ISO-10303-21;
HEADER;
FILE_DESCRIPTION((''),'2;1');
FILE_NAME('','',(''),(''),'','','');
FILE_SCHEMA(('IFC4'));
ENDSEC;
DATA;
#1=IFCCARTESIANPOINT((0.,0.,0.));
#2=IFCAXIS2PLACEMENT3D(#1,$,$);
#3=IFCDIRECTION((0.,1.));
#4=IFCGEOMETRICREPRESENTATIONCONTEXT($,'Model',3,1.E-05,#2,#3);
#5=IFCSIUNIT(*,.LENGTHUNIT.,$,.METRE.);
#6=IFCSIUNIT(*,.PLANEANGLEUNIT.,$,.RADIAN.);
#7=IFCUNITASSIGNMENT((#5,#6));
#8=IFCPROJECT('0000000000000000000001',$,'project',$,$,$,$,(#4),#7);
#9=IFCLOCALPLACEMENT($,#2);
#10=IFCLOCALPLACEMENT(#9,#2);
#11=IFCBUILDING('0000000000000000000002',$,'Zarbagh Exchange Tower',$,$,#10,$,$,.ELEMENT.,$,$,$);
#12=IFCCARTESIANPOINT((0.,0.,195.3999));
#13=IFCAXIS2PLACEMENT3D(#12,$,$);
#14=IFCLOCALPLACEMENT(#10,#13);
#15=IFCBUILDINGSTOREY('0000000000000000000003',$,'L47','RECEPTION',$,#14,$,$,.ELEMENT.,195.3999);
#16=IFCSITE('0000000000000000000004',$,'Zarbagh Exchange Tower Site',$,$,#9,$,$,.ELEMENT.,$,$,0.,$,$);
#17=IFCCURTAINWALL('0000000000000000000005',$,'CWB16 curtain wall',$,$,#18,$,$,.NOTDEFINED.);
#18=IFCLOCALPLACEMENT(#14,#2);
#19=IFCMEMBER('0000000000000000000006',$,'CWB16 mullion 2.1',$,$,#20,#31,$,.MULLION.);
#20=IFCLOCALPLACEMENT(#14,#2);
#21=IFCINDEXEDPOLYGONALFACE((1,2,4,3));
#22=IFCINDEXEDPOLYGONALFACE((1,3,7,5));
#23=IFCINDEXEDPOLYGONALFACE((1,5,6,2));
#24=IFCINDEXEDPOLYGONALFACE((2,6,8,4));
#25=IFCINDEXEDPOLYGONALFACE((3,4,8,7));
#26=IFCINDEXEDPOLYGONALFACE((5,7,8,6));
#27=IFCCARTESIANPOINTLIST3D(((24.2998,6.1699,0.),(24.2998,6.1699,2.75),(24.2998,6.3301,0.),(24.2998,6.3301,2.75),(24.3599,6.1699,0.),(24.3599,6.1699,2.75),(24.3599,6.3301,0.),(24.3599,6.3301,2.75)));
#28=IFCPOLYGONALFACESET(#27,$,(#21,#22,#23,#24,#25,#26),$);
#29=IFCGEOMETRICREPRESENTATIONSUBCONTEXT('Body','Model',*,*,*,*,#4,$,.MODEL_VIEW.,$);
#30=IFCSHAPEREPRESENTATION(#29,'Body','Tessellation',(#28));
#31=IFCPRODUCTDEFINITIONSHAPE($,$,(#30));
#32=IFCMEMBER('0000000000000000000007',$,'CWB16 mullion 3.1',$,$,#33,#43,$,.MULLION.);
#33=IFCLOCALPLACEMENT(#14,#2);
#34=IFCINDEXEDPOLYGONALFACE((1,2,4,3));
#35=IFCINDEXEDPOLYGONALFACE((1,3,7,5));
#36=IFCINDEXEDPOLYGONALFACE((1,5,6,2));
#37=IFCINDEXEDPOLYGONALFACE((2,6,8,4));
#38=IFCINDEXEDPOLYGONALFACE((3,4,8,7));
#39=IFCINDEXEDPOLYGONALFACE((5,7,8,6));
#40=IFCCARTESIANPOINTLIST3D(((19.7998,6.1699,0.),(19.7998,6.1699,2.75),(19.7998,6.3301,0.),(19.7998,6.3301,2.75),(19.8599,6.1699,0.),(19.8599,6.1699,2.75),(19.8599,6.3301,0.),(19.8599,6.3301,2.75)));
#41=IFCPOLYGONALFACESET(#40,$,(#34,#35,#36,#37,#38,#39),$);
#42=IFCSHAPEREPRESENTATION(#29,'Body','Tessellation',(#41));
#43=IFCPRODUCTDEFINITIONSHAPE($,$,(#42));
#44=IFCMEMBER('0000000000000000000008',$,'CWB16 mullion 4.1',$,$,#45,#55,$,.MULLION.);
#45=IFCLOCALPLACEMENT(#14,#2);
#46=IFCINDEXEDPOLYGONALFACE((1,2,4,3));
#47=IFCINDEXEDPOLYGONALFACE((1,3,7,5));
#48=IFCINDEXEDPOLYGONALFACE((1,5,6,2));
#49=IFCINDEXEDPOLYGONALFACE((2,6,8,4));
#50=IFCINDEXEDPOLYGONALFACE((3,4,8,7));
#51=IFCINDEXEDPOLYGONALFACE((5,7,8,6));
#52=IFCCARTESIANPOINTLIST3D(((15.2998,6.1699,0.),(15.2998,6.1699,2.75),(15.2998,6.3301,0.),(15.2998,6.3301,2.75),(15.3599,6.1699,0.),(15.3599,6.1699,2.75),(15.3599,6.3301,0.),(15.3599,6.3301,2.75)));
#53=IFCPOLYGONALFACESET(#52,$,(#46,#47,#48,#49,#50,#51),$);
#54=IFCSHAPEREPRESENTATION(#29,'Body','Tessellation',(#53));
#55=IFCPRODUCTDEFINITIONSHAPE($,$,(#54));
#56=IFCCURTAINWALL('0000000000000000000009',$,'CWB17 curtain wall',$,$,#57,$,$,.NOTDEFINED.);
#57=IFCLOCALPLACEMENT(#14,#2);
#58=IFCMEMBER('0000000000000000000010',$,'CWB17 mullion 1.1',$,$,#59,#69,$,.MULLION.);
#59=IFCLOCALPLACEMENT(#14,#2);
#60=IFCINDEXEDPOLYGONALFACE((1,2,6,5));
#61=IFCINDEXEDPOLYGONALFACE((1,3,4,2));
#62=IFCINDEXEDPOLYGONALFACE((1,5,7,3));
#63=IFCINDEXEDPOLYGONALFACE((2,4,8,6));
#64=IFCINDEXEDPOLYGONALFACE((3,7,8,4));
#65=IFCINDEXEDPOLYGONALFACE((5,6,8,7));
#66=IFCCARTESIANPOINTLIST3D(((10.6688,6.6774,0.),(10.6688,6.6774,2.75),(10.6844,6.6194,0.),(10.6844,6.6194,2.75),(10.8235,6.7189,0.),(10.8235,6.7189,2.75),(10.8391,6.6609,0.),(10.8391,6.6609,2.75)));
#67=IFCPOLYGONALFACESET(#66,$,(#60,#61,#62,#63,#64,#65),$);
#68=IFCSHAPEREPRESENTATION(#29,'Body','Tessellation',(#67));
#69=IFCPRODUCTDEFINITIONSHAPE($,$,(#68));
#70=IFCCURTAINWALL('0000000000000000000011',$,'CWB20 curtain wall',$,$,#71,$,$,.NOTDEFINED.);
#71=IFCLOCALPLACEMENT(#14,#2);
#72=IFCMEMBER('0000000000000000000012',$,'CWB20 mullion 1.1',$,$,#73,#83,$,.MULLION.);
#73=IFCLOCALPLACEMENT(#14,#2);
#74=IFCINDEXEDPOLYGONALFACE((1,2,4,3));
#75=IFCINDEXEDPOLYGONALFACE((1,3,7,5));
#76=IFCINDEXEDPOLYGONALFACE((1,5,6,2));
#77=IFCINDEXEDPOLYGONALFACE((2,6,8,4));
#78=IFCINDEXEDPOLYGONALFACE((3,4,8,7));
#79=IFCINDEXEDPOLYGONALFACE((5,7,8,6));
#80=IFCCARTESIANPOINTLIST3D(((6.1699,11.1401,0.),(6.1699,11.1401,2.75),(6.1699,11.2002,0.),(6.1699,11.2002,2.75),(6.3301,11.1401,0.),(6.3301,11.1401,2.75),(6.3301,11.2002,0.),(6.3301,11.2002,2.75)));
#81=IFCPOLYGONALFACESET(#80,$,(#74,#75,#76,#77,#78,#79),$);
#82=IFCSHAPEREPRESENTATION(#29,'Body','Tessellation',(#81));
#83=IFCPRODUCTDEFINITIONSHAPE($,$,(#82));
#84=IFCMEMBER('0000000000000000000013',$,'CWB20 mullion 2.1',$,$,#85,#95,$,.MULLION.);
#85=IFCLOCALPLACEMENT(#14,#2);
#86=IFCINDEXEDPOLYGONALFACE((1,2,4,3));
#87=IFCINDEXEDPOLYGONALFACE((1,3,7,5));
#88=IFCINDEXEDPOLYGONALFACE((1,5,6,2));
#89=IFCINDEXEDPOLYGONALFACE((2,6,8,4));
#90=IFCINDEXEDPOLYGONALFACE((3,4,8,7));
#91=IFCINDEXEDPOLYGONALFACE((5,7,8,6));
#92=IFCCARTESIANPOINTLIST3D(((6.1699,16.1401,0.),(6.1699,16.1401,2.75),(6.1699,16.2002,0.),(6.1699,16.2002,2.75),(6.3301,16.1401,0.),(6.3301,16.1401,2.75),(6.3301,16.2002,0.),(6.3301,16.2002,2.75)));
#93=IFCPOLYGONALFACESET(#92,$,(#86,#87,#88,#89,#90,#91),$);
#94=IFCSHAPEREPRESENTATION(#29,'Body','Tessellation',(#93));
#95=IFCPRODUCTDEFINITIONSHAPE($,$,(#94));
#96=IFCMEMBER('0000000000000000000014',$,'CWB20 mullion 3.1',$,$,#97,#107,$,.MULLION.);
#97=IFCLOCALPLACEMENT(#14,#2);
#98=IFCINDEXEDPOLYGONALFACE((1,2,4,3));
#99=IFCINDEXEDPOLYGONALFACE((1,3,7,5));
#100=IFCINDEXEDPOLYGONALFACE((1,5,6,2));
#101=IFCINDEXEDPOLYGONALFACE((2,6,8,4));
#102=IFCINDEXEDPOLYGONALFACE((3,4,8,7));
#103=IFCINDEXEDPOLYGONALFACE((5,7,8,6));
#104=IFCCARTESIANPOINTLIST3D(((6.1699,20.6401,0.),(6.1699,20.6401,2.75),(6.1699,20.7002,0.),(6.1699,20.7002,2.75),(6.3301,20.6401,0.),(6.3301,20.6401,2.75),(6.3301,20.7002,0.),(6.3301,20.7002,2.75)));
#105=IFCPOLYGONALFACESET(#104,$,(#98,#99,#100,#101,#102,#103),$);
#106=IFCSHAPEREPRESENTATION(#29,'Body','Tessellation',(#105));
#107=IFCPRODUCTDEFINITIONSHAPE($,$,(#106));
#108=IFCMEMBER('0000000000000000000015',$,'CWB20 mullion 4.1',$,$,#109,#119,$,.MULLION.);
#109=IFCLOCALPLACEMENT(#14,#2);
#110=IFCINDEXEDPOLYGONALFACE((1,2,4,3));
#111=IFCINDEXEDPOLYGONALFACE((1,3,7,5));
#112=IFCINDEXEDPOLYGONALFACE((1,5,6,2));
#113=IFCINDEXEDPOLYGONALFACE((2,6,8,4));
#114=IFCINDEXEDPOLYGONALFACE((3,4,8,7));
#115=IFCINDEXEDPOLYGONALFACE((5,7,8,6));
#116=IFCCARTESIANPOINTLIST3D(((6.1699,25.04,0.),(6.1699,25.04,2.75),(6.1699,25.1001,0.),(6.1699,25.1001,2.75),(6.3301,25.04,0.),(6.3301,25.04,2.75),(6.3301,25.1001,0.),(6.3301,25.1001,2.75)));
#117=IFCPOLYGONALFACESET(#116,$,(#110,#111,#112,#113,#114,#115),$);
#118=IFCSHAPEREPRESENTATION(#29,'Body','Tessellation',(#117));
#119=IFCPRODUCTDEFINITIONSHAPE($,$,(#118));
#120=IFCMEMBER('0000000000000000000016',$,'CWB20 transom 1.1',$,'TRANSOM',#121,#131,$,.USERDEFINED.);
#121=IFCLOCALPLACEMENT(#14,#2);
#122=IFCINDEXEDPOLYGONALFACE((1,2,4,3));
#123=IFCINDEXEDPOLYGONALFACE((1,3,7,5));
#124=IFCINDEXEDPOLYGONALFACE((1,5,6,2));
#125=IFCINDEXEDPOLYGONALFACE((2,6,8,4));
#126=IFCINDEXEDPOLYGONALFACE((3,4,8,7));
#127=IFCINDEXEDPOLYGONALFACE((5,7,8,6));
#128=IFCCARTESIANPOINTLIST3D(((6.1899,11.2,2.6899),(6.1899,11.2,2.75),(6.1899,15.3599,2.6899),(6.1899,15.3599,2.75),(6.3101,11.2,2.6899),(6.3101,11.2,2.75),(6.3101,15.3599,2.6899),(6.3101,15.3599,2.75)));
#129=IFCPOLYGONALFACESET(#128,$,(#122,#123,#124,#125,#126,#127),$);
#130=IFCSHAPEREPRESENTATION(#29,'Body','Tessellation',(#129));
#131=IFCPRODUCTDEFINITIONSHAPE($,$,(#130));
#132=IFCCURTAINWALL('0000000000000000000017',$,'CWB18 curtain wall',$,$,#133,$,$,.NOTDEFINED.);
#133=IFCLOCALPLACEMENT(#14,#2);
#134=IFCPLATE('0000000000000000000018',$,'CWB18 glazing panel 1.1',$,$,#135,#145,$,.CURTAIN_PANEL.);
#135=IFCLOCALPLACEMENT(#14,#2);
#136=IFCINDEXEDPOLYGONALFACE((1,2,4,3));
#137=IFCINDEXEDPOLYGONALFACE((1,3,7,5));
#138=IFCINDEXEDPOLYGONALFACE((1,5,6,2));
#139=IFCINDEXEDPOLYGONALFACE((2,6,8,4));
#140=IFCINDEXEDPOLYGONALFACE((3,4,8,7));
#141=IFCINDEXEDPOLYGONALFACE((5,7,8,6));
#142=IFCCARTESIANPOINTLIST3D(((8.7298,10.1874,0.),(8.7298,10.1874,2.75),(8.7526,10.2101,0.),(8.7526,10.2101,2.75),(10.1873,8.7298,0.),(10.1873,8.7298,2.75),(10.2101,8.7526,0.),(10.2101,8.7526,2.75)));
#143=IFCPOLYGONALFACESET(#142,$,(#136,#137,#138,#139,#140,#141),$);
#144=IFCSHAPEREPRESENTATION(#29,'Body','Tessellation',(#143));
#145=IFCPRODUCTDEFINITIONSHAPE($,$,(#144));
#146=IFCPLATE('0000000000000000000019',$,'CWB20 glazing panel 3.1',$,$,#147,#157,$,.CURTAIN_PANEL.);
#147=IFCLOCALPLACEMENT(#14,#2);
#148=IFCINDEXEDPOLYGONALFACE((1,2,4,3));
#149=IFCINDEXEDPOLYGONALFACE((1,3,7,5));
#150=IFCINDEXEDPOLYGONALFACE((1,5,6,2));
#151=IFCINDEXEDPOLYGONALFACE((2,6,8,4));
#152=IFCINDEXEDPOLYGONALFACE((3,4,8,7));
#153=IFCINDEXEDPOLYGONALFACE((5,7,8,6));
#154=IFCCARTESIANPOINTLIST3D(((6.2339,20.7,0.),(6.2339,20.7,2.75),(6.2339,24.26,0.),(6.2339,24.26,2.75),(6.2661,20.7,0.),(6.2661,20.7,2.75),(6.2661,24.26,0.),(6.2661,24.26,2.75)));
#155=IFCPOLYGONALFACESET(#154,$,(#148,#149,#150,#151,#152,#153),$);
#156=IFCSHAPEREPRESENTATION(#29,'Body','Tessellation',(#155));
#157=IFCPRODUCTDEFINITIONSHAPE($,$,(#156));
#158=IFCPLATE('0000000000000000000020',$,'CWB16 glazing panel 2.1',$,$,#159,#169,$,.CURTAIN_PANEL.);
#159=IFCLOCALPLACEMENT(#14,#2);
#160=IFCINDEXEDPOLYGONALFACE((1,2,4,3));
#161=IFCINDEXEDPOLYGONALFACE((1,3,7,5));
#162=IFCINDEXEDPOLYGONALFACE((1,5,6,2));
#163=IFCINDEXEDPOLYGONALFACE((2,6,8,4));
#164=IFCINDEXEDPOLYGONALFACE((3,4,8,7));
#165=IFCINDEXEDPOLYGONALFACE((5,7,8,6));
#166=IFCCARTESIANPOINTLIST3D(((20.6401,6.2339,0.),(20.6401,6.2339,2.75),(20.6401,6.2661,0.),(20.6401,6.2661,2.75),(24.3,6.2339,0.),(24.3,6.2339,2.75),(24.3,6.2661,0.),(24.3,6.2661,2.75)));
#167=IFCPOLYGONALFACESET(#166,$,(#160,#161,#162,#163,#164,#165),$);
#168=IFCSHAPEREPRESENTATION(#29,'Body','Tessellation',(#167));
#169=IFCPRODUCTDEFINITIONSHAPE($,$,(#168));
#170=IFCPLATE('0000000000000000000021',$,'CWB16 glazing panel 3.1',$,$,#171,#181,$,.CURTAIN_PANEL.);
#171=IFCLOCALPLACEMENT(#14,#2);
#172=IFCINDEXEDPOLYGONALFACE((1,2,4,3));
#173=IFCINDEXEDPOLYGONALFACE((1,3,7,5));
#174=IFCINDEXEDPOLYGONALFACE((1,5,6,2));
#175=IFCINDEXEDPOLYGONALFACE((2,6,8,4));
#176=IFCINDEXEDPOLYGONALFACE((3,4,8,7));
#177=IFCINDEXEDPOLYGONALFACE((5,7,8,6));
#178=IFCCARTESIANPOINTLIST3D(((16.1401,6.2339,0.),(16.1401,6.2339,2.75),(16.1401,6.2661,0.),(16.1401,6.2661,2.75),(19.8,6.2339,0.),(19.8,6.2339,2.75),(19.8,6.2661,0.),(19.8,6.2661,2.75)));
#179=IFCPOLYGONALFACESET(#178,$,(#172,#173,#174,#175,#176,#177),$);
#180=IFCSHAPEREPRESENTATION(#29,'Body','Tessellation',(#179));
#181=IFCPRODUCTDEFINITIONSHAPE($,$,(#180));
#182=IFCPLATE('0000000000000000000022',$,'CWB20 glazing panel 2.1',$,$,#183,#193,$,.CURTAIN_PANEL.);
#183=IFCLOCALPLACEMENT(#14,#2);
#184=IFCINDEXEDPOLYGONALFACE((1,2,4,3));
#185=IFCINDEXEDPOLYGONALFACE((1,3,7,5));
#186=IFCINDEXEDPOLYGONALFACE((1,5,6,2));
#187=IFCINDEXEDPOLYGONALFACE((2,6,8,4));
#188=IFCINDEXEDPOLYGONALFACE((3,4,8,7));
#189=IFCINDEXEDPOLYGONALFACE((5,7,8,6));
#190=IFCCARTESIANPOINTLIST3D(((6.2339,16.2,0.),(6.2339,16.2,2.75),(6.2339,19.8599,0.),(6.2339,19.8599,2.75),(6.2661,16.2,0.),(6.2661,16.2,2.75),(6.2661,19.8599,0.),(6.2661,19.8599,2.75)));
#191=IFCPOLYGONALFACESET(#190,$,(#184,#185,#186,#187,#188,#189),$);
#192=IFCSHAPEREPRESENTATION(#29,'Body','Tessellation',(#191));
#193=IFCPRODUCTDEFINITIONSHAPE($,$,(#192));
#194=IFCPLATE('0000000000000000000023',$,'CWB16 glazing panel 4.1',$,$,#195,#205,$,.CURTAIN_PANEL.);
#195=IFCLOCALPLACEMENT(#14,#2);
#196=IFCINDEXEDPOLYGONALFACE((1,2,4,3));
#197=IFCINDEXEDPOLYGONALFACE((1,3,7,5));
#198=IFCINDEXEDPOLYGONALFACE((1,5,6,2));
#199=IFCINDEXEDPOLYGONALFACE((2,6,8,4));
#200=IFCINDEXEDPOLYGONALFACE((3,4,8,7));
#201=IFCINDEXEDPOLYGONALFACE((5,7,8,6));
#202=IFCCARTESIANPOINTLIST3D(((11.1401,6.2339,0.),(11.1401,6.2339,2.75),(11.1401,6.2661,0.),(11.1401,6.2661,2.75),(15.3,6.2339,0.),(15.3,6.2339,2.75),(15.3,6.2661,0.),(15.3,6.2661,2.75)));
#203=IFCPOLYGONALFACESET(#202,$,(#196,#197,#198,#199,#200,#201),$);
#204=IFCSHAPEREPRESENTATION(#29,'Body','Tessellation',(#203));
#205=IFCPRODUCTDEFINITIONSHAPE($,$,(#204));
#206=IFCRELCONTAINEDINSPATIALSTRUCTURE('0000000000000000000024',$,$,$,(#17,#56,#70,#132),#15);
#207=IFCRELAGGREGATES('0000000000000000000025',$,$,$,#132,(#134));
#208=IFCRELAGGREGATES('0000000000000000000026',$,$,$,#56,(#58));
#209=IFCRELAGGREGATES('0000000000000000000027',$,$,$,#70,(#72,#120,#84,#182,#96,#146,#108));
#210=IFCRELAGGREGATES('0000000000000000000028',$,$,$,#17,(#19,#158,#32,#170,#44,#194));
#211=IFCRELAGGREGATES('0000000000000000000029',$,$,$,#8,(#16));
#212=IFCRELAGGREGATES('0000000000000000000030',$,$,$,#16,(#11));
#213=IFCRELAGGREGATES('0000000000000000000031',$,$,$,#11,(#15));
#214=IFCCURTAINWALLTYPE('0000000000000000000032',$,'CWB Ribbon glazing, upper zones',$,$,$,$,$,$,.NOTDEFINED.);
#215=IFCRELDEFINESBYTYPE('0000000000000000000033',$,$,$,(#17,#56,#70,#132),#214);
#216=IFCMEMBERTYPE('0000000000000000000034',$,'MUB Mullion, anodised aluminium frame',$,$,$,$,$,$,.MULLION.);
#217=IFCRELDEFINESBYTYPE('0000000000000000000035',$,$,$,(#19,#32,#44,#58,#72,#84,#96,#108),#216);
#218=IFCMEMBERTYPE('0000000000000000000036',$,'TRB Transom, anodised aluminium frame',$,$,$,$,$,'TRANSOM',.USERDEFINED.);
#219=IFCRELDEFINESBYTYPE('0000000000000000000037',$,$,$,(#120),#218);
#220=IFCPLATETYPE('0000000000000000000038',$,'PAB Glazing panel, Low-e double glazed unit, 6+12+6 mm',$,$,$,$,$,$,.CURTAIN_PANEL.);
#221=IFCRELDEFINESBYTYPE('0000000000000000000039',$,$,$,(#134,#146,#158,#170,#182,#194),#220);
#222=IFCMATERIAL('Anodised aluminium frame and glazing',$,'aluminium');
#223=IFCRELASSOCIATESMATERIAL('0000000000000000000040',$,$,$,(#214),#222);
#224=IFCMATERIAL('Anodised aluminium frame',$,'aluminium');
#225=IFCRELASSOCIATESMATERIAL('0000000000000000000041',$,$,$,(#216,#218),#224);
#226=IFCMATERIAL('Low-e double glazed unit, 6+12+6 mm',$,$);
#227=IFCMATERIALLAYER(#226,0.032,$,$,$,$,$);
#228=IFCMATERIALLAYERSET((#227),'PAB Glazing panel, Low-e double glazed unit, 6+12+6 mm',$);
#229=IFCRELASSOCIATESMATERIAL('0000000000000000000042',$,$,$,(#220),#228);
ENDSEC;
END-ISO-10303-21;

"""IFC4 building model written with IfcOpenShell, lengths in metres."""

from ifc_helpers import new_model, si_unit, direction, frame, origin, place, context, subcontext, project, spatial, polyline, outline, extrude, source, transform, mapped, material, layer, layer_set, type_object, element, aggregate, save


model = new_model("IFC4")

# Units and contexts
model_context = context("Model", 3, precision=1e-05, world=origin(), true_north=direction((0.0, 1.0)))
body_context = subcontext(model_context, "Body", "Model", "MODEL_VIEW")
ifc_project = project(units=[si_unit("LENGTHUNIT", "METRE"), si_unit("PLANEANGLEUNIT", "RADIAN")], contexts=[model_context])

# Site, building, storey
site_placement = place(None, origin())
site = spatial("IfcSite", under=ifc_project, at=site_placement, Name="Zarbagh Exchange Tower Site", CompositionType="ELEMENT", RefElevation=0.0)
building_placement = place(site_placement, origin())
building = spatial("IfcBuilding", under=site, at=building_placement, Name="Zarbagh Exchange Tower", CompositionType="ELEMENT")
storey_placement = place(building_placement, frame((0.0, 0.0, 195.3999)))
storey = spatial("IfcBuildingStorey", under=building, at=storey_placement, Name="L47", Description="RECEPTION", CompositionType="ELEMENT", Elevation=195.3999)

# Curtain wall, members
ifc_material_1 = material(Name="Anodised aluminium frame and glazing", Category="aluminium")
curtain_wall_type = type_object("IfcCurtainWallType", Name="CWB Ribbon glazing, upper zones", PredefinedType="NOTDEFINED", material=ifc_material_1)
curtain_wall_1_placement = place(storey_placement, origin())
curtain_wall_1 = element("IfcCurtainWall", 1, at=curtain_wall_1_placement, inside=storey, type_object=curtain_wall_type, Name="CWB16 curtain wall", PredefinedType="NOTDEFINED")
ifc_material_2 = material(Name="Anodised aluminium frame", Category="aluminium")
member_type_1 = type_object("IfcMemberType", Name="MUB Mullion, anodised aluminium frame", PredefinedType="MULLION", material=ifc_material_2)
shared_shape_1 = source(origin(), body_context, "Body", "SweptSolid", [
    extrude(outline(polyline([(0.0, -0.0801), (0.0601, -0.0801), (0.0601, 0.0801), (0.0, 0.0801), (0.0, -0.0801)])), origin(), (0.0, 0.0, 1.0), 2.75),
])
placement = place(storey_placement, origin())
member_1 = element("IfcMember", 2, at=placement, type_object=member_type_1, Name="CWB16 mullion 2.1", PredefinedType="MULLION", context=body_context, shape_type="MappedRepresentation", body=[
    mapped(shared_shape_1, transform((24.3599, 6.25, 0.0), x_axis=(-1.0, 0.0, 0.0), y_axis=(0.0, -1.0, 0.0), z_axis=(0.0, 0.0, 1.0))),
])
member_2 = element("IfcMember", 3, at=placement, type_object=member_type_1, Name="CWB16 mullion 3.1", PredefinedType="MULLION", context=body_context, shape_type="MappedRepresentation", body=[
    mapped(shared_shape_1, transform((19.8599, 6.25, 0.0), x_axis=(-1.0, 0.0, 0.0), y_axis=(0.0, -1.0, 0.0), z_axis=(0.0, 0.0, 1.0))),
])
member_3 = element("IfcMember", 4, at=placement, type_object=member_type_1, Name="CWB16 mullion 4.1", PredefinedType="MULLION", context=body_context, shape_type="MappedRepresentation", body=[
    mapped(shared_shape_1, transform((15.3599, 6.25, 0.0), x_axis=(-1.0, 0.0, 0.0), y_axis=(0.0, -1.0, 0.0), z_axis=(0.0, 0.0, 1.0))),
])

# Curtain wall, member
curtain_wall_2_placement = place(storey_placement, origin())
curtain_wall_2 = element("IfcCurtainWall", 5, at=curtain_wall_2_placement, inside=storey, type_object=curtain_wall_type, Name="CWB17 curtain wall", PredefinedType="NOTDEFINED")
member_4 = element("IfcMember", 6, at=placement, type_object=member_type_1, Name="CWB17 mullion 1.1", PredefinedType="MULLION", context=body_context, shape_type="MappedRepresentation", body=[
    mapped(shared_shape_1, transform((10.7617, 6.6401, 0.0), x_axis=(-0.258825, 0.965924, 0.0), y_axis=(-0.965924, -0.258825, 0.0), z_axis=(0.0, 0.0, 1.0))),
])

# Curtain wall, members
curtain_wall_3_placement = place(storey_placement, origin())
curtain_wall_3 = element("IfcCurtainWall", 7, at=curtain_wall_3_placement, inside=storey, type_object=curtain_wall_type, Name="CWB20 curtain wall", PredefinedType="NOTDEFINED")
member_5 = element("IfcMember", 8, at=placement, type_object=member_type_1, Name="CWB20 mullion 1.1", PredefinedType="MULLION", context=body_context, shape_type="MappedRepresentation", body=[
    mapped(shared_shape_1, transform((6.25, 11.1401, 0.0), x_axis=(0.0, 1.0, 0.0), y_axis=(-1.0, 0.0, 0.0), z_axis=(0.0, 0.0, 1.0))),
])
member_6 = element("IfcMember", 9, at=placement, type_object=member_type_1, Name="CWB20 mullion 2.1", PredefinedType="MULLION", context=body_context, shape_type="MappedRepresentation", body=[
    mapped(shared_shape_1, transform((6.25, 16.1401, 0.0), x_axis=(0.0, 1.0, 0.0), y_axis=(-1.0, 0.0, 0.0), z_axis=(0.0, 0.0, 1.0))),
])
member_7 = element("IfcMember", 10, at=placement, type_object=member_type_1, Name="CWB20 mullion 3.1", PredefinedType="MULLION", context=body_context, shape_type="MappedRepresentation", body=[
    mapped(shared_shape_1, transform((6.25, 20.6401, 0.0), x_axis=(0.0, 1.0, 0.0), y_axis=(-1.0, 0.0, 0.0), z_axis=(0.0, 0.0, 1.0))),
])
member_8 = element("IfcMember", 11, at=placement, type_object=member_type_1, Name="CWB20 mullion 4.1", PredefinedType="MULLION", context=body_context, shape_type="MappedRepresentation", body=[
    mapped(shared_shape_1, transform((6.25, 25.04, 0.0), x_axis=(0.0, 1.0, 0.0), y_axis=(-1.0, 0.0, 0.0), z_axis=(0.0, 0.0, 1.0))),
])
member_type_2 = type_object("IfcMemberType", Name="TRB Transom, anodised aluminium frame", ElementType="TRANSOM", PredefinedType="USERDEFINED", material=ifc_material_2)
shared_shape_2 = source(origin(), body_context, "Body", "SweptSolid", [
    extrude(outline(polyline([(-0.0601, -0.0601), (0.0, -0.0601), (0.0, 0.0601), (-0.0601, 0.0601), (-0.0601, -0.0601)])), origin(), (0.0, 0.0, 1.0), 4.1599),
])
member_9 = element("IfcMember", 12, at=placement, type_object=member_type_2, Name="CWB20 transom 1.1", ObjectType="TRANSOM", PredefinedType="USERDEFINED", context=body_context, shape_type="MappedRepresentation", body=[
    mapped(shared_shape_2, transform((6.25, 11.2, 2.75), x_axis=(0.0, 0.0, 1.0), y_axis=(1.0, 0.0, 0.0), z_axis=(0.0, 1.0, 0.0))),
])

# Curtain wall, plate
curtain_wall_4_placement = place(storey_placement, origin())
curtain_wall_4 = element("IfcCurtainWall", 13, at=curtain_wall_4_placement, inside=storey, type_object=curtain_wall_type, Name="CWB18 curtain wall", PredefinedType="NOTDEFINED")
ifc_material_3 = material(Name="Low-e double glazed unit, 6+12+6 mm")
ifc_layer_1 = layer(ifc_material_3, 0.032)
ifc_layer_set_1 = layer_set([ifc_layer_1], Name="PAB Glazing panel, Low-e double glazed unit, 6+12+6 mm")
plate_type = type_object("IfcPlateType", Name="PAB Glazing panel, Low-e double glazed unit, 6+12+6 mm", PredefinedType="CURTAIN_PANEL", material=ifc_layer_set_1)
shared_shape_3 = source(origin(), body_context, "Body", "SweptSolid", [
    extrude(outline(polyline([(0.0, -0.0161), (2.0613, -0.0161), (2.0613, 0.0161), (0.0, 0.0161), (0.0, -0.0161)])), origin(), (0.0, 0.0, 1.0), 2.75),
])
plate_1 = element("IfcPlate", 14, at=placement, type_object=plate_type, Name="CWB18 glazing panel 1.1", PredefinedType="CURTAIN_PANEL", context=body_context, shape_type="MappedRepresentation", body=[
    mapped(shared_shape_3, transform((10.1987, 8.7412, 0.0), x_axis=(-0.707107, 0.707107, 0.0), y_axis=(-0.707107, -0.707107, 0.0), z_axis=(0.0, 0.0, 1.0))),
])
aggregate(curtain_wall_4, [plate_1])

# Plates
shared_shape_4 = source(origin(), body_context, "Body", "SweptSolid", [
    extrude(outline(polyline([(0.0, -0.0161), (3.5601, -0.0161), (3.5601, 0.0161), (0.0, 0.0161), (0.0, -0.0161)])), origin(), (0.0, 0.0, 1.0), 2.75),
])
plate_2 = element("IfcPlate", 15, at=placement, type_object=plate_type, Name="CWB20 glazing panel 3.1", PredefinedType="CURTAIN_PANEL", context=body_context, shape_type="MappedRepresentation", body=[
    mapped(shared_shape_4, transform((6.25, 20.7, 0.0), x_axis=(0.0, 1.0, 0.0), y_axis=(-1.0, 0.0, 0.0), z_axis=(0.0, 0.0, 1.0))),
])
shared_shape_5 = source(origin(), body_context, "Body", "SweptSolid", [
    extrude(outline(polyline([(0.0, -0.0161), (3.6599, -0.0161), (3.6599, 0.0161), (0.0, 0.0161), (0.0, -0.0161)])), origin(), (0.0, 0.0, 1.0), 2.75),
])
plate_3 = element("IfcPlate", 16, at=placement, type_object=plate_type, Name="CWB16 glazing panel 2.1", PredefinedType="CURTAIN_PANEL", context=body_context, shape_type="MappedRepresentation", body=[
    mapped(shared_shape_5, transform((24.3, 6.25, 0.0), x_axis=(-1.0, 0.0, 0.0), y_axis=(0.0, -1.0, 0.0), z_axis=(0.0, 0.0, 1.0))),
])
plate_4 = element("IfcPlate", 17, at=placement, type_object=plate_type, Name="CWB16 glazing panel 3.1", PredefinedType="CURTAIN_PANEL", context=body_context, shape_type="MappedRepresentation", body=[
    mapped(shared_shape_5, transform((19.8, 6.25, 0.0), x_axis=(-1.0, 0.0, 0.0), y_axis=(0.0, -1.0, 0.0), z_axis=(0.0, 0.0, 1.0))),
])
plate_5 = element("IfcPlate", 18, at=placement, type_object=plate_type, Name="CWB20 glazing panel 2.1", PredefinedType="CURTAIN_PANEL", context=body_context, shape_type="MappedRepresentation", body=[
    mapped(shared_shape_5, transform((6.25, 16.2, 0.0), x_axis=(0.0, 1.0, 0.0), y_axis=(-1.0, 0.0, 0.0), z_axis=(0.0, 0.0, 1.0))),
])
shared_shape_6 = source(origin(), body_context, "Body", "SweptSolid", [
    extrude(outline(polyline([(0.0, -0.0161), (4.1599, -0.0161), (4.1599, 0.0161), (0.0, 0.0161), (0.0, -0.0161)])), origin(), (0.0, 0.0, 1.0), 2.75),
])
plate_6 = element("IfcPlate", 19, at=placement, type_object=plate_type, Name="CWB16 glazing panel 4.1", PredefinedType="CURTAIN_PANEL", context=body_context, shape_type="MappedRepresentation", body=[
    mapped(shared_shape_6, transform((15.3, 6.25, 0.0), x_axis=(-1.0, 0.0, 0.0), y_axis=(0.0, -1.0, 0.0), z_axis=(0.0, 0.0, 1.0))),
])
aggregate(curtain_wall_2, [member_4])

aggregate(curtain_wall_3, [member_5, member_9, member_6, plate_5, member_7, plate_2, member_8])
aggregate(curtain_wall_1, [member_1, plate_3, member_2, plate_4, member_3, plate_6])

save(model, "model.ifc")
